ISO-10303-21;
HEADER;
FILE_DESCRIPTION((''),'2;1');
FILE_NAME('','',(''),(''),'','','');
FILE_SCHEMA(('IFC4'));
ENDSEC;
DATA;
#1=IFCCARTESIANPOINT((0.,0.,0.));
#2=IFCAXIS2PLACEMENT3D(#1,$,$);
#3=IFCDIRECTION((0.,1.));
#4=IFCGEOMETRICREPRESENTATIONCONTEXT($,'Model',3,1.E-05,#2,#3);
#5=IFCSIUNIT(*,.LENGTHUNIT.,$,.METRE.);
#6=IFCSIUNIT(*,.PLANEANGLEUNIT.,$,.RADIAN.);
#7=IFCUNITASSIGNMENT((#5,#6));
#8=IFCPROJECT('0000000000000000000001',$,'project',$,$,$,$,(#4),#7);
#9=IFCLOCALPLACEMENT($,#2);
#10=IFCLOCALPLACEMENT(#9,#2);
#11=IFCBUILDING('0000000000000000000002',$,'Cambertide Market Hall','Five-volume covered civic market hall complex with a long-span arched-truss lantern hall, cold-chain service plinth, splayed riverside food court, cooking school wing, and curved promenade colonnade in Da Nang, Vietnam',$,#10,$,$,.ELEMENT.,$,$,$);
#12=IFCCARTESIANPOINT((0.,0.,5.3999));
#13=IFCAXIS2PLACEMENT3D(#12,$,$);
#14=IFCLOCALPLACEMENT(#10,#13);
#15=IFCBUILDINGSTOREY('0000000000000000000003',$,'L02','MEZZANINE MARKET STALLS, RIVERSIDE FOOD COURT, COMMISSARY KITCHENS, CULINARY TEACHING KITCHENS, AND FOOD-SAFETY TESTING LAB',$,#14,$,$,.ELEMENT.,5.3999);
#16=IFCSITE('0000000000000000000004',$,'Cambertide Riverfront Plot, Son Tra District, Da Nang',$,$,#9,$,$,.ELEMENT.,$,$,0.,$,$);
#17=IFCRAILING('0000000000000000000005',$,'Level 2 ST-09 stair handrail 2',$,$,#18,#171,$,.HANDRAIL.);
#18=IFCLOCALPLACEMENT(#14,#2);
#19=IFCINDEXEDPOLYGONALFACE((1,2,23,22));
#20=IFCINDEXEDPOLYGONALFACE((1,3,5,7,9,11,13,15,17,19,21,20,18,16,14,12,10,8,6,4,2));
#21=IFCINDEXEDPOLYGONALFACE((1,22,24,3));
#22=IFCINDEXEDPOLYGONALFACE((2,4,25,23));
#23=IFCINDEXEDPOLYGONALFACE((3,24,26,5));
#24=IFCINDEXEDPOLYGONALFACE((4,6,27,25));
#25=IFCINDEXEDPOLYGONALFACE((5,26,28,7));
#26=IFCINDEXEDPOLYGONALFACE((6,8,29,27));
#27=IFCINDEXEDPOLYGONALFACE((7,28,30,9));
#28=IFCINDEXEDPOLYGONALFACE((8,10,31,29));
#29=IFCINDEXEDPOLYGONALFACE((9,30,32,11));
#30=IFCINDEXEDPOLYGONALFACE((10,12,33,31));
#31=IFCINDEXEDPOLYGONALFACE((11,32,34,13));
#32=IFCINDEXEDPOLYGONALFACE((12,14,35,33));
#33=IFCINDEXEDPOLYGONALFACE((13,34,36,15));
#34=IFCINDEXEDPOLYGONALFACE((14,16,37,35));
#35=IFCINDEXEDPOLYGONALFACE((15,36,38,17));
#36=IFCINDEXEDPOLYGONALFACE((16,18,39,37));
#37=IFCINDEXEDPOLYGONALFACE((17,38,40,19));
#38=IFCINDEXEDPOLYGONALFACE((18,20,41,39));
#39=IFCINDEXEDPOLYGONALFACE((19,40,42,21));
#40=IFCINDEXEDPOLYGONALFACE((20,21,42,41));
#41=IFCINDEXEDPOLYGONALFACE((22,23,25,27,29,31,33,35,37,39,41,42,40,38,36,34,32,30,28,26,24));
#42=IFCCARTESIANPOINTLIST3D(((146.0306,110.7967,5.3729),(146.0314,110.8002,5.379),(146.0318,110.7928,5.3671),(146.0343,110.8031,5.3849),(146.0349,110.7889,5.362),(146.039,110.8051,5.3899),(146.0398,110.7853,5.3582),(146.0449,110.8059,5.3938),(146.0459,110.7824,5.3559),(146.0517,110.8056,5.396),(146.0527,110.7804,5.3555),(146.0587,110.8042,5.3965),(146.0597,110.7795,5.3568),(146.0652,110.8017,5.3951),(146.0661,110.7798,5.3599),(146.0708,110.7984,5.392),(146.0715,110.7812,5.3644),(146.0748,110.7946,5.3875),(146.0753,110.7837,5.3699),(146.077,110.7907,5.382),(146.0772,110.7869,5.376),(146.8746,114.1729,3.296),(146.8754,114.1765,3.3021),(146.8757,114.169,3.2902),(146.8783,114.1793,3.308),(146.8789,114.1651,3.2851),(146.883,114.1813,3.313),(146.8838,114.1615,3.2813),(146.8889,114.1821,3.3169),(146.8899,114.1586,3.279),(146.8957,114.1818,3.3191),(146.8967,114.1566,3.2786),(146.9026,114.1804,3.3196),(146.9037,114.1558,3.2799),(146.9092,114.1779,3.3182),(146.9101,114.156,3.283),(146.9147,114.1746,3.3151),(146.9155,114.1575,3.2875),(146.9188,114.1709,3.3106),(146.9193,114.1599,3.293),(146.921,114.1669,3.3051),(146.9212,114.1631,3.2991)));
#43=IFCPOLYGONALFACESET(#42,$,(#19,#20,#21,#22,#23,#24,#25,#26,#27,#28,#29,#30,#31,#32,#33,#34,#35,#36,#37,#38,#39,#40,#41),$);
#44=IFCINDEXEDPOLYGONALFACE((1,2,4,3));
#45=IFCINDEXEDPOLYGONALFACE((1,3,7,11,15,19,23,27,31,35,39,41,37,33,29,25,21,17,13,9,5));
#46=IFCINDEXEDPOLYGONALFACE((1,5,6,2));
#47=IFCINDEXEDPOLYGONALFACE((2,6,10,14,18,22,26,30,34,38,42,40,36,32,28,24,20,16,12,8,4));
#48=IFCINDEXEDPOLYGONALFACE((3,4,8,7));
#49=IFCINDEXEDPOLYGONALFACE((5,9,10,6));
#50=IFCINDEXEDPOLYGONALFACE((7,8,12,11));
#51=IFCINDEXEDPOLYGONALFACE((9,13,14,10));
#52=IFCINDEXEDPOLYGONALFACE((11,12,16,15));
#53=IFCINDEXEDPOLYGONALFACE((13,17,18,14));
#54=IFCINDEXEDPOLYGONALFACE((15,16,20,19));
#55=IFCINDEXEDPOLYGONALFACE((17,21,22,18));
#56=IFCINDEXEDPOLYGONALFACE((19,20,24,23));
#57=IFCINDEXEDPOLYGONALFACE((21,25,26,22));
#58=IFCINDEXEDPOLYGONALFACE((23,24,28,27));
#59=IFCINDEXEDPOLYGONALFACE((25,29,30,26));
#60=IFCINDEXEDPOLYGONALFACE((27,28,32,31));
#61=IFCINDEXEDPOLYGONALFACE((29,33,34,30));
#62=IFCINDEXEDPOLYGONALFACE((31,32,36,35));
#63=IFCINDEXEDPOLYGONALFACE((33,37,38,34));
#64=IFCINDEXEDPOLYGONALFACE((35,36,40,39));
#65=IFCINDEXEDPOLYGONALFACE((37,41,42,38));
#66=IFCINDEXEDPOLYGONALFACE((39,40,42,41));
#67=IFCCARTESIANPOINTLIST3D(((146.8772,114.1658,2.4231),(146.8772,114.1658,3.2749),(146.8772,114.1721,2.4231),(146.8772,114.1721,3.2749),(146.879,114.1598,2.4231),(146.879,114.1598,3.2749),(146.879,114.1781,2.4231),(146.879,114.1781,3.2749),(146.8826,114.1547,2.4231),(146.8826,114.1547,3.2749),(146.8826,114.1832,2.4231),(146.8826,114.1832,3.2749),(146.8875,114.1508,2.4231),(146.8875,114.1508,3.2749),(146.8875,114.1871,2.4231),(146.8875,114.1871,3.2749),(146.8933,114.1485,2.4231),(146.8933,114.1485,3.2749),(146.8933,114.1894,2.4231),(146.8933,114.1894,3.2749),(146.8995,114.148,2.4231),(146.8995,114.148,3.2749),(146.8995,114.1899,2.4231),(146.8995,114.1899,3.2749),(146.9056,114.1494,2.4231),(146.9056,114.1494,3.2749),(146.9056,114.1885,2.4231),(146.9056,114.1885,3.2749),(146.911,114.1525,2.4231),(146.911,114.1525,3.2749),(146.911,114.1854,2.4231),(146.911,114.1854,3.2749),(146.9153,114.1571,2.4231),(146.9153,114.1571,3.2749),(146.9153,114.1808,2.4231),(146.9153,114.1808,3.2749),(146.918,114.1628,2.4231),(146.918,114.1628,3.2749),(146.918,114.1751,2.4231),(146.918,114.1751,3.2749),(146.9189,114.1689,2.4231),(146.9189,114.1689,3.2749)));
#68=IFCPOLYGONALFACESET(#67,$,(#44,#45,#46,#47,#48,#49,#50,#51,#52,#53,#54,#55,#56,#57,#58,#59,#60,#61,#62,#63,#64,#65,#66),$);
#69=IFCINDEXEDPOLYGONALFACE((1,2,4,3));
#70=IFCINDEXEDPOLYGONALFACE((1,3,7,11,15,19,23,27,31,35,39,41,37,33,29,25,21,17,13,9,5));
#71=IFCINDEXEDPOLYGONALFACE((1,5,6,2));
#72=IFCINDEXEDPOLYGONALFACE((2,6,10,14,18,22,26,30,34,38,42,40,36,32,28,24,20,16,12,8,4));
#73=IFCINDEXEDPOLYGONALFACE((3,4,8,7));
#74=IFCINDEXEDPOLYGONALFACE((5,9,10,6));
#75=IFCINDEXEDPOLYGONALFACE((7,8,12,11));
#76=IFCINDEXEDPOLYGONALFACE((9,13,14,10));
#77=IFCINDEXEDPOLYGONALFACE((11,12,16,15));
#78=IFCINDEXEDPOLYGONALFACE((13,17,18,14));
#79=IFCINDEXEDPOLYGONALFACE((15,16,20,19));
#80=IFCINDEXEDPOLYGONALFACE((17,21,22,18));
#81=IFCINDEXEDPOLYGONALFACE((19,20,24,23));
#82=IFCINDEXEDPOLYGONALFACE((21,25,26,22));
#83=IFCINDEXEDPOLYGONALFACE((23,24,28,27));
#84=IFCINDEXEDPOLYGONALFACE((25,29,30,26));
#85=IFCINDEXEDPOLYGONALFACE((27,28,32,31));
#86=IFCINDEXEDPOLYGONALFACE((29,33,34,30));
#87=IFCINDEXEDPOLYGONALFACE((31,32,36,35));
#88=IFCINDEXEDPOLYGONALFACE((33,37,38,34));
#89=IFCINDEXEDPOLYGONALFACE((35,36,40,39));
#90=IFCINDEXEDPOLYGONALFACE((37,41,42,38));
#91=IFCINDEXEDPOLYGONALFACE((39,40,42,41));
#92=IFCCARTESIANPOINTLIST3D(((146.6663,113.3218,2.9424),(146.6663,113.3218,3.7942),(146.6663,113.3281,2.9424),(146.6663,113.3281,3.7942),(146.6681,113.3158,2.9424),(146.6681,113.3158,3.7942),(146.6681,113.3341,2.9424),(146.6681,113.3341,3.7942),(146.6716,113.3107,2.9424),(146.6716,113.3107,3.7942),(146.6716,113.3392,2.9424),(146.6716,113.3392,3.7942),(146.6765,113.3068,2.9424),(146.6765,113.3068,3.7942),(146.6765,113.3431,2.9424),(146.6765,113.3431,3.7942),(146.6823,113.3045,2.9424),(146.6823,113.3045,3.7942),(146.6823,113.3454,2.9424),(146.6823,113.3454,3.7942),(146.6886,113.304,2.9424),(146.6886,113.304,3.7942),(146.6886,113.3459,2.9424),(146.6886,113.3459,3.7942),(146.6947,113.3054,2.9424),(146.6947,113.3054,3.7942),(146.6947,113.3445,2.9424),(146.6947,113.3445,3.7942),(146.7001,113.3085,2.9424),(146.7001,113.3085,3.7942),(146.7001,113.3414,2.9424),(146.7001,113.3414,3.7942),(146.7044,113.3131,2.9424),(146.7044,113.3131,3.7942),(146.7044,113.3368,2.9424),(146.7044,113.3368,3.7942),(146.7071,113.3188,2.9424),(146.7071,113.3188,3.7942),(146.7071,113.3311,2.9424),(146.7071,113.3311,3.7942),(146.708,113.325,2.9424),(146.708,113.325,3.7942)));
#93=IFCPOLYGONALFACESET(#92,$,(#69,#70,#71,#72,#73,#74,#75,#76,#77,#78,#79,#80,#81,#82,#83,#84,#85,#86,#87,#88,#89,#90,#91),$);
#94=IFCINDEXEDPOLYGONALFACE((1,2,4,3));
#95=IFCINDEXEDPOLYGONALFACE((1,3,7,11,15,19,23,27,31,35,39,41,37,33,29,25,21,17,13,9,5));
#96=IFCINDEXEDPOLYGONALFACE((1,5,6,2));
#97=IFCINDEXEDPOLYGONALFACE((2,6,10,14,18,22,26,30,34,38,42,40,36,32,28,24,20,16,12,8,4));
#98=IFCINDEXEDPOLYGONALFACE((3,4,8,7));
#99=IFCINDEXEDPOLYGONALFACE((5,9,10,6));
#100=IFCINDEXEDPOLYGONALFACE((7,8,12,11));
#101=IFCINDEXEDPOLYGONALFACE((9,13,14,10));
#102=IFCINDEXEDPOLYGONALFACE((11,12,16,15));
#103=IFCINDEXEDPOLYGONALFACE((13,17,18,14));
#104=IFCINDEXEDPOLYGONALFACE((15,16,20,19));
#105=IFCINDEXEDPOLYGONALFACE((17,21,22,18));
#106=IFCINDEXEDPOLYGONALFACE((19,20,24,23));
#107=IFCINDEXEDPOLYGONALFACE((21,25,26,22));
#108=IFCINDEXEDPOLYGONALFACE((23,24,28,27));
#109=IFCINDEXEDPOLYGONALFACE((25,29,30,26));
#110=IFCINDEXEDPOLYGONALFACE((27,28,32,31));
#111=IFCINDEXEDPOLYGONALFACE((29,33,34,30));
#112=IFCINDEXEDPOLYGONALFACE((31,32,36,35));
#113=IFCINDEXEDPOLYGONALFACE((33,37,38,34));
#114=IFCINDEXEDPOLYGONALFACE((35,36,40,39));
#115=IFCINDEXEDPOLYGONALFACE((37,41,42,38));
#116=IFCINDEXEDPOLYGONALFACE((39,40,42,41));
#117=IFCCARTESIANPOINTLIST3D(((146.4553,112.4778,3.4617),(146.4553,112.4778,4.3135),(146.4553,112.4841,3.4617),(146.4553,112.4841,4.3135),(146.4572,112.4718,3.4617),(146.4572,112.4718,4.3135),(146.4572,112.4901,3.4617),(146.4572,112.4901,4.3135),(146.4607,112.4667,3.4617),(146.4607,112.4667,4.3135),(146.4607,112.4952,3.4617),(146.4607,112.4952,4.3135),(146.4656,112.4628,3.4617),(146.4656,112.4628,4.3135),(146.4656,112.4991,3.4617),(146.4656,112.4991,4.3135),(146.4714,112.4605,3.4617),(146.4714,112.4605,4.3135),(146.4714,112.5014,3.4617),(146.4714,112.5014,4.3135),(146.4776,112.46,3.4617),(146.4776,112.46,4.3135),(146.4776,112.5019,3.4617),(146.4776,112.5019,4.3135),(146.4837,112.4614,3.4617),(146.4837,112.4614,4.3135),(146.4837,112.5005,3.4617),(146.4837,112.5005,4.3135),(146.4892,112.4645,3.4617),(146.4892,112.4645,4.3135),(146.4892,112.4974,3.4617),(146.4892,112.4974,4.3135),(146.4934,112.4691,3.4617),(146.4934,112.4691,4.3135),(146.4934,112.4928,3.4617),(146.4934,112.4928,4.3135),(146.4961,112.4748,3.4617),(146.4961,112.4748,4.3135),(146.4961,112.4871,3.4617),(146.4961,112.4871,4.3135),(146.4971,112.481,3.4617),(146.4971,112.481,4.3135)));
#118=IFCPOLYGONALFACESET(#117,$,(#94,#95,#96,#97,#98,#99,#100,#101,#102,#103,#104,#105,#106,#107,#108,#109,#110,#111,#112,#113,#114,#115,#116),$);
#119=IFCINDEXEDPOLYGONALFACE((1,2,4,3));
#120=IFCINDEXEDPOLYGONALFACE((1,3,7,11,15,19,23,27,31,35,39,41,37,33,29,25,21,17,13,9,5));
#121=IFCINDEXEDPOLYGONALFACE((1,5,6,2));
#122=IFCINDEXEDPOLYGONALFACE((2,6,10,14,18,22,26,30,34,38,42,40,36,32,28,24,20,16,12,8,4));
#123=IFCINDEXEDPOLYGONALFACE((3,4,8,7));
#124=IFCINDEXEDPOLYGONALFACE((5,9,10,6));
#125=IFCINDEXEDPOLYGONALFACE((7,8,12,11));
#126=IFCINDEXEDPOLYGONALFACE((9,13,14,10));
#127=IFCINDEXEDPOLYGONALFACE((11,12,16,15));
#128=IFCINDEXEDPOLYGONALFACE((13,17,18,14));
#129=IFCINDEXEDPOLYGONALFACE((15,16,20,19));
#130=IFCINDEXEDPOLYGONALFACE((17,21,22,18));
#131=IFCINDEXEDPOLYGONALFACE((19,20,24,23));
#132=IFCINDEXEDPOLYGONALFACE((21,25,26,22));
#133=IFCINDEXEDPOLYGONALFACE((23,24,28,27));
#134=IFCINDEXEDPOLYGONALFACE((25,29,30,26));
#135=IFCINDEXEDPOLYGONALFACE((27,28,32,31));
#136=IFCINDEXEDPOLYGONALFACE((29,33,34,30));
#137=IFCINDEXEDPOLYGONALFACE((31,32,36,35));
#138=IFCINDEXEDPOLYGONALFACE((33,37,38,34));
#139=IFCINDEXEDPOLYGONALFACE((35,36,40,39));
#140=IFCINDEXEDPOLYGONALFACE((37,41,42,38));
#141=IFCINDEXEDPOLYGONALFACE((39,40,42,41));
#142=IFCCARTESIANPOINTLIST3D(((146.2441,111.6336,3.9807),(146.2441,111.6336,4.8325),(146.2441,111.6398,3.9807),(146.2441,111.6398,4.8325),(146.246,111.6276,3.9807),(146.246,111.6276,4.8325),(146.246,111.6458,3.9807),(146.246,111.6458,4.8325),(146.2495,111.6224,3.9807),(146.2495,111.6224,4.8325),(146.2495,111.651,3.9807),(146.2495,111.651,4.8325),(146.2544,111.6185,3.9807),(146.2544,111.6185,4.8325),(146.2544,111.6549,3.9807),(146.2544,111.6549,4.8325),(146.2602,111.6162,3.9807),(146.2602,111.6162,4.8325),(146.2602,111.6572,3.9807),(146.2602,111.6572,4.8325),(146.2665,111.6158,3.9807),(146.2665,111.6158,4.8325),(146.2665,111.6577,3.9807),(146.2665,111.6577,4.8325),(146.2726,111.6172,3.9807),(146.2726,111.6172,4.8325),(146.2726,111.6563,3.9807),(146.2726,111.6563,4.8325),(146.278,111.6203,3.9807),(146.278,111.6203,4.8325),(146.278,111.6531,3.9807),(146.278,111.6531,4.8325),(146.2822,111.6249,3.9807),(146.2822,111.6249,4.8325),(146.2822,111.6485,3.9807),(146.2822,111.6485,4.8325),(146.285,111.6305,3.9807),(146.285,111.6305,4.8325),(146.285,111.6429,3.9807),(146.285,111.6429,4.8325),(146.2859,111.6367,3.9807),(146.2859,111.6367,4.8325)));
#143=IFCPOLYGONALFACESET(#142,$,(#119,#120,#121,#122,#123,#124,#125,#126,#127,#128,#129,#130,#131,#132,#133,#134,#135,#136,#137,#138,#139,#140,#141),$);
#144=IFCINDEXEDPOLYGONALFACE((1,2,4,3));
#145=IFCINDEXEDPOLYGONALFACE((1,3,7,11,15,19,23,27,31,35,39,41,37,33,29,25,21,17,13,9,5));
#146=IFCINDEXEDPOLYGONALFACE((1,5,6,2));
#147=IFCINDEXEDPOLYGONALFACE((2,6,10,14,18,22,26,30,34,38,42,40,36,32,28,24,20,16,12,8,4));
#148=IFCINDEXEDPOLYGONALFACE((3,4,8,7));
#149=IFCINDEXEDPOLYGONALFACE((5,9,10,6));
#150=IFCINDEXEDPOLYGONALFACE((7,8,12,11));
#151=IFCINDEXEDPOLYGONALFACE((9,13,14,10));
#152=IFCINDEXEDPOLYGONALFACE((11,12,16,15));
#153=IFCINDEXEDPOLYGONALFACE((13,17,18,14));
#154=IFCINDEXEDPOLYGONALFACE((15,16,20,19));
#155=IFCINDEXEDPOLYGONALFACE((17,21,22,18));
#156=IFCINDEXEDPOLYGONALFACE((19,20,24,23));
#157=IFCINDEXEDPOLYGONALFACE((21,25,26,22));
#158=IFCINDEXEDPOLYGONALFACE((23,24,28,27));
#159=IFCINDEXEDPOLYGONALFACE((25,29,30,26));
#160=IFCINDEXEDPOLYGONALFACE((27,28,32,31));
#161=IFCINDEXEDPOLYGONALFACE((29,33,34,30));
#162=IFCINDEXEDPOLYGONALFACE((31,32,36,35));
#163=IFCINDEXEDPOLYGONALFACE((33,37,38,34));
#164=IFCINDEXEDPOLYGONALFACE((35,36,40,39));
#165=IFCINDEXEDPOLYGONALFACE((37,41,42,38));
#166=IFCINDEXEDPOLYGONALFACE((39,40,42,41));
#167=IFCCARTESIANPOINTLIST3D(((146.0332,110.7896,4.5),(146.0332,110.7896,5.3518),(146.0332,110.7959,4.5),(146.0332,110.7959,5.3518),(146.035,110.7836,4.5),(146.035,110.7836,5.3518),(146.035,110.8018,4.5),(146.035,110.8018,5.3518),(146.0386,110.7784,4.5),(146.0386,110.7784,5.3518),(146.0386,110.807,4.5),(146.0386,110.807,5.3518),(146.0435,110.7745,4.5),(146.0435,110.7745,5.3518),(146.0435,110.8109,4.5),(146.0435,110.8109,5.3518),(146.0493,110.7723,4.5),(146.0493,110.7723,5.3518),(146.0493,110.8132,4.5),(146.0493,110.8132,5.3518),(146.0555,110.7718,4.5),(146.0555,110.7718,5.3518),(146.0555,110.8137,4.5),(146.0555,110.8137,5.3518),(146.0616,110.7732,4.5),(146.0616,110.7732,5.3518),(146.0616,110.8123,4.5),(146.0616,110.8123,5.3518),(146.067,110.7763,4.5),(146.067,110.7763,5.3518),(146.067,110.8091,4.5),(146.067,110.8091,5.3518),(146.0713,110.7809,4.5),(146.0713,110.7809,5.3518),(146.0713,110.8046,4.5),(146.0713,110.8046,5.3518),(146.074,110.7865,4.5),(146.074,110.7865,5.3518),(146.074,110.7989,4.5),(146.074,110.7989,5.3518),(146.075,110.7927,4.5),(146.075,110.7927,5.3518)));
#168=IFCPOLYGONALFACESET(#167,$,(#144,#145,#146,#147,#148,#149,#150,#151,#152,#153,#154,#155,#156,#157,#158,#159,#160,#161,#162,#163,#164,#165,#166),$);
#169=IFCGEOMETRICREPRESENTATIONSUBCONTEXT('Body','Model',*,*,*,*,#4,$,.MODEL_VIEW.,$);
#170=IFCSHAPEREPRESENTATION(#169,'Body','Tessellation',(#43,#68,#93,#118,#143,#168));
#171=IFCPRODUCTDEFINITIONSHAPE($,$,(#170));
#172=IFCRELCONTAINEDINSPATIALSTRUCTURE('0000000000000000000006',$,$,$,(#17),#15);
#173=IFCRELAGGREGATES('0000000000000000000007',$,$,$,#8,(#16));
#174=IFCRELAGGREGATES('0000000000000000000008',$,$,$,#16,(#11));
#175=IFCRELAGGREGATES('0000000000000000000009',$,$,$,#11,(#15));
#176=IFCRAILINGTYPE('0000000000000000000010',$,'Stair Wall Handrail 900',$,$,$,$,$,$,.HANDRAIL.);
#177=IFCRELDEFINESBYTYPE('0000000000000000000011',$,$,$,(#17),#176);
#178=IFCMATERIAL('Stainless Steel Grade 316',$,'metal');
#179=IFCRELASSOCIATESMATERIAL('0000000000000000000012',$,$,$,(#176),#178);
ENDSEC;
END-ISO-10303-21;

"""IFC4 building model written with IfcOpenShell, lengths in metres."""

from ifc_helpers import new_model, si_unit, direction, frame, origin, origin_2d, place, context, subcontext, project, spatial, circle, extrude, material, type_object, element, save


model = new_model("IFC4")

# Units and contexts
model_context = context("Model", 3, precision=1e-05, world=origin(), true_north=direction((0.0, 1.0)))
body_context = subcontext(model_context, "Body", "Model", "MODEL_VIEW")
ifc_project = project(units=[si_unit("LENGTHUNIT", "METRE"), si_unit("PLANEANGLEUNIT", "RADIAN")], contexts=[model_context])

# Site, building, storey
site_placement = place(None, origin())
site = spatial("IfcSite", under=ifc_project, at=site_placement, Name="Cambertide Riverfront Plot, Son Tra District, Da Nang", CompositionType="ELEMENT", RefElevation=0.0)
building_placement = place(site_placement, origin())
building = spatial("IfcBuilding", under=site, at=building_placement, Name="Cambertide Market Hall", Description="Five-volume covered civic market hall complex with a long-span arched-truss lantern hall, cold-chain service plinth, splayed riverside food court, cooking school wing, and curved promenade colonnade in Da Nang, Vietnam", CompositionType="ELEMENT")
storey_placement = place(building_placement, frame((0.0, 0.0, 5.3999)))
storey = spatial("IfcBuildingStorey", under=building, at=storey_placement, Name="L02", Description="MEZZANINE MARKET STALLS, RIVERSIDE FOOD COURT, COMMISSARY KITCHENS, CULINARY TEACHING KITCHENS, AND FOOD-SAFETY TESTING LAB", CompositionType="ELEMENT", Elevation=5.3999)

# Railing
ifc_material_1 = material(Name="Stainless Steel Grade 316", Category="metal")
railing_type_1 = type_object("IfcRailingType", Name="Stair Wall Handrail 900", PredefinedType="HANDRAIL", material=ifc_material_1)
railing_1_placement = place(storey_placement, frame((146.8979, 114.1689, 2.4231)))
element("IfcRailing", 1, at=railing_1_placement, inside=storey, type_object=railing_type_1, Name="Level 2 ST-09 stair handrail 2", PredefinedType="HANDRAIL", context=body_context, shape_type="SweptSolid", body=[
    extrude(circle(Radius=0.0239, at=origin_2d()), frame((0.0, 0.0, 0.876), z_axis=(-0.208253, -0.833071, 0.512469), x_axis=(0.970147, -0.242519, 0.0)), (0.0, 0.0, 1.0), 4.0527),
    extrude(circle(Radius=0.021, at=origin_2d()), origin(), (0.0, 0.0, 1.0), 0.8518),
    extrude(circle(Radius=0.021, at=origin_2d()), frame((-0.2109, -0.844, 0.5193)), (0.0, 0.0, 1.0), 0.8518),
    extrude(circle(Radius=0.021, at=origin_2d()), frame((-0.4219, -1.688, 1.0386)), (0.0, 0.0, 1.0), 0.8518),
    extrude(circle(Radius=0.021, at=origin_2d()), frame((-0.6331, -2.5322, 1.5576)), (0.0, 0.0, 1.0), 0.8518),
    extrude(circle(Radius=0.021, at=origin_2d()), frame((-0.844, -3.3762, 2.0769)), (0.0, 0.0, 1.0), 0.8518),
])

save(model, "model.ifc")
